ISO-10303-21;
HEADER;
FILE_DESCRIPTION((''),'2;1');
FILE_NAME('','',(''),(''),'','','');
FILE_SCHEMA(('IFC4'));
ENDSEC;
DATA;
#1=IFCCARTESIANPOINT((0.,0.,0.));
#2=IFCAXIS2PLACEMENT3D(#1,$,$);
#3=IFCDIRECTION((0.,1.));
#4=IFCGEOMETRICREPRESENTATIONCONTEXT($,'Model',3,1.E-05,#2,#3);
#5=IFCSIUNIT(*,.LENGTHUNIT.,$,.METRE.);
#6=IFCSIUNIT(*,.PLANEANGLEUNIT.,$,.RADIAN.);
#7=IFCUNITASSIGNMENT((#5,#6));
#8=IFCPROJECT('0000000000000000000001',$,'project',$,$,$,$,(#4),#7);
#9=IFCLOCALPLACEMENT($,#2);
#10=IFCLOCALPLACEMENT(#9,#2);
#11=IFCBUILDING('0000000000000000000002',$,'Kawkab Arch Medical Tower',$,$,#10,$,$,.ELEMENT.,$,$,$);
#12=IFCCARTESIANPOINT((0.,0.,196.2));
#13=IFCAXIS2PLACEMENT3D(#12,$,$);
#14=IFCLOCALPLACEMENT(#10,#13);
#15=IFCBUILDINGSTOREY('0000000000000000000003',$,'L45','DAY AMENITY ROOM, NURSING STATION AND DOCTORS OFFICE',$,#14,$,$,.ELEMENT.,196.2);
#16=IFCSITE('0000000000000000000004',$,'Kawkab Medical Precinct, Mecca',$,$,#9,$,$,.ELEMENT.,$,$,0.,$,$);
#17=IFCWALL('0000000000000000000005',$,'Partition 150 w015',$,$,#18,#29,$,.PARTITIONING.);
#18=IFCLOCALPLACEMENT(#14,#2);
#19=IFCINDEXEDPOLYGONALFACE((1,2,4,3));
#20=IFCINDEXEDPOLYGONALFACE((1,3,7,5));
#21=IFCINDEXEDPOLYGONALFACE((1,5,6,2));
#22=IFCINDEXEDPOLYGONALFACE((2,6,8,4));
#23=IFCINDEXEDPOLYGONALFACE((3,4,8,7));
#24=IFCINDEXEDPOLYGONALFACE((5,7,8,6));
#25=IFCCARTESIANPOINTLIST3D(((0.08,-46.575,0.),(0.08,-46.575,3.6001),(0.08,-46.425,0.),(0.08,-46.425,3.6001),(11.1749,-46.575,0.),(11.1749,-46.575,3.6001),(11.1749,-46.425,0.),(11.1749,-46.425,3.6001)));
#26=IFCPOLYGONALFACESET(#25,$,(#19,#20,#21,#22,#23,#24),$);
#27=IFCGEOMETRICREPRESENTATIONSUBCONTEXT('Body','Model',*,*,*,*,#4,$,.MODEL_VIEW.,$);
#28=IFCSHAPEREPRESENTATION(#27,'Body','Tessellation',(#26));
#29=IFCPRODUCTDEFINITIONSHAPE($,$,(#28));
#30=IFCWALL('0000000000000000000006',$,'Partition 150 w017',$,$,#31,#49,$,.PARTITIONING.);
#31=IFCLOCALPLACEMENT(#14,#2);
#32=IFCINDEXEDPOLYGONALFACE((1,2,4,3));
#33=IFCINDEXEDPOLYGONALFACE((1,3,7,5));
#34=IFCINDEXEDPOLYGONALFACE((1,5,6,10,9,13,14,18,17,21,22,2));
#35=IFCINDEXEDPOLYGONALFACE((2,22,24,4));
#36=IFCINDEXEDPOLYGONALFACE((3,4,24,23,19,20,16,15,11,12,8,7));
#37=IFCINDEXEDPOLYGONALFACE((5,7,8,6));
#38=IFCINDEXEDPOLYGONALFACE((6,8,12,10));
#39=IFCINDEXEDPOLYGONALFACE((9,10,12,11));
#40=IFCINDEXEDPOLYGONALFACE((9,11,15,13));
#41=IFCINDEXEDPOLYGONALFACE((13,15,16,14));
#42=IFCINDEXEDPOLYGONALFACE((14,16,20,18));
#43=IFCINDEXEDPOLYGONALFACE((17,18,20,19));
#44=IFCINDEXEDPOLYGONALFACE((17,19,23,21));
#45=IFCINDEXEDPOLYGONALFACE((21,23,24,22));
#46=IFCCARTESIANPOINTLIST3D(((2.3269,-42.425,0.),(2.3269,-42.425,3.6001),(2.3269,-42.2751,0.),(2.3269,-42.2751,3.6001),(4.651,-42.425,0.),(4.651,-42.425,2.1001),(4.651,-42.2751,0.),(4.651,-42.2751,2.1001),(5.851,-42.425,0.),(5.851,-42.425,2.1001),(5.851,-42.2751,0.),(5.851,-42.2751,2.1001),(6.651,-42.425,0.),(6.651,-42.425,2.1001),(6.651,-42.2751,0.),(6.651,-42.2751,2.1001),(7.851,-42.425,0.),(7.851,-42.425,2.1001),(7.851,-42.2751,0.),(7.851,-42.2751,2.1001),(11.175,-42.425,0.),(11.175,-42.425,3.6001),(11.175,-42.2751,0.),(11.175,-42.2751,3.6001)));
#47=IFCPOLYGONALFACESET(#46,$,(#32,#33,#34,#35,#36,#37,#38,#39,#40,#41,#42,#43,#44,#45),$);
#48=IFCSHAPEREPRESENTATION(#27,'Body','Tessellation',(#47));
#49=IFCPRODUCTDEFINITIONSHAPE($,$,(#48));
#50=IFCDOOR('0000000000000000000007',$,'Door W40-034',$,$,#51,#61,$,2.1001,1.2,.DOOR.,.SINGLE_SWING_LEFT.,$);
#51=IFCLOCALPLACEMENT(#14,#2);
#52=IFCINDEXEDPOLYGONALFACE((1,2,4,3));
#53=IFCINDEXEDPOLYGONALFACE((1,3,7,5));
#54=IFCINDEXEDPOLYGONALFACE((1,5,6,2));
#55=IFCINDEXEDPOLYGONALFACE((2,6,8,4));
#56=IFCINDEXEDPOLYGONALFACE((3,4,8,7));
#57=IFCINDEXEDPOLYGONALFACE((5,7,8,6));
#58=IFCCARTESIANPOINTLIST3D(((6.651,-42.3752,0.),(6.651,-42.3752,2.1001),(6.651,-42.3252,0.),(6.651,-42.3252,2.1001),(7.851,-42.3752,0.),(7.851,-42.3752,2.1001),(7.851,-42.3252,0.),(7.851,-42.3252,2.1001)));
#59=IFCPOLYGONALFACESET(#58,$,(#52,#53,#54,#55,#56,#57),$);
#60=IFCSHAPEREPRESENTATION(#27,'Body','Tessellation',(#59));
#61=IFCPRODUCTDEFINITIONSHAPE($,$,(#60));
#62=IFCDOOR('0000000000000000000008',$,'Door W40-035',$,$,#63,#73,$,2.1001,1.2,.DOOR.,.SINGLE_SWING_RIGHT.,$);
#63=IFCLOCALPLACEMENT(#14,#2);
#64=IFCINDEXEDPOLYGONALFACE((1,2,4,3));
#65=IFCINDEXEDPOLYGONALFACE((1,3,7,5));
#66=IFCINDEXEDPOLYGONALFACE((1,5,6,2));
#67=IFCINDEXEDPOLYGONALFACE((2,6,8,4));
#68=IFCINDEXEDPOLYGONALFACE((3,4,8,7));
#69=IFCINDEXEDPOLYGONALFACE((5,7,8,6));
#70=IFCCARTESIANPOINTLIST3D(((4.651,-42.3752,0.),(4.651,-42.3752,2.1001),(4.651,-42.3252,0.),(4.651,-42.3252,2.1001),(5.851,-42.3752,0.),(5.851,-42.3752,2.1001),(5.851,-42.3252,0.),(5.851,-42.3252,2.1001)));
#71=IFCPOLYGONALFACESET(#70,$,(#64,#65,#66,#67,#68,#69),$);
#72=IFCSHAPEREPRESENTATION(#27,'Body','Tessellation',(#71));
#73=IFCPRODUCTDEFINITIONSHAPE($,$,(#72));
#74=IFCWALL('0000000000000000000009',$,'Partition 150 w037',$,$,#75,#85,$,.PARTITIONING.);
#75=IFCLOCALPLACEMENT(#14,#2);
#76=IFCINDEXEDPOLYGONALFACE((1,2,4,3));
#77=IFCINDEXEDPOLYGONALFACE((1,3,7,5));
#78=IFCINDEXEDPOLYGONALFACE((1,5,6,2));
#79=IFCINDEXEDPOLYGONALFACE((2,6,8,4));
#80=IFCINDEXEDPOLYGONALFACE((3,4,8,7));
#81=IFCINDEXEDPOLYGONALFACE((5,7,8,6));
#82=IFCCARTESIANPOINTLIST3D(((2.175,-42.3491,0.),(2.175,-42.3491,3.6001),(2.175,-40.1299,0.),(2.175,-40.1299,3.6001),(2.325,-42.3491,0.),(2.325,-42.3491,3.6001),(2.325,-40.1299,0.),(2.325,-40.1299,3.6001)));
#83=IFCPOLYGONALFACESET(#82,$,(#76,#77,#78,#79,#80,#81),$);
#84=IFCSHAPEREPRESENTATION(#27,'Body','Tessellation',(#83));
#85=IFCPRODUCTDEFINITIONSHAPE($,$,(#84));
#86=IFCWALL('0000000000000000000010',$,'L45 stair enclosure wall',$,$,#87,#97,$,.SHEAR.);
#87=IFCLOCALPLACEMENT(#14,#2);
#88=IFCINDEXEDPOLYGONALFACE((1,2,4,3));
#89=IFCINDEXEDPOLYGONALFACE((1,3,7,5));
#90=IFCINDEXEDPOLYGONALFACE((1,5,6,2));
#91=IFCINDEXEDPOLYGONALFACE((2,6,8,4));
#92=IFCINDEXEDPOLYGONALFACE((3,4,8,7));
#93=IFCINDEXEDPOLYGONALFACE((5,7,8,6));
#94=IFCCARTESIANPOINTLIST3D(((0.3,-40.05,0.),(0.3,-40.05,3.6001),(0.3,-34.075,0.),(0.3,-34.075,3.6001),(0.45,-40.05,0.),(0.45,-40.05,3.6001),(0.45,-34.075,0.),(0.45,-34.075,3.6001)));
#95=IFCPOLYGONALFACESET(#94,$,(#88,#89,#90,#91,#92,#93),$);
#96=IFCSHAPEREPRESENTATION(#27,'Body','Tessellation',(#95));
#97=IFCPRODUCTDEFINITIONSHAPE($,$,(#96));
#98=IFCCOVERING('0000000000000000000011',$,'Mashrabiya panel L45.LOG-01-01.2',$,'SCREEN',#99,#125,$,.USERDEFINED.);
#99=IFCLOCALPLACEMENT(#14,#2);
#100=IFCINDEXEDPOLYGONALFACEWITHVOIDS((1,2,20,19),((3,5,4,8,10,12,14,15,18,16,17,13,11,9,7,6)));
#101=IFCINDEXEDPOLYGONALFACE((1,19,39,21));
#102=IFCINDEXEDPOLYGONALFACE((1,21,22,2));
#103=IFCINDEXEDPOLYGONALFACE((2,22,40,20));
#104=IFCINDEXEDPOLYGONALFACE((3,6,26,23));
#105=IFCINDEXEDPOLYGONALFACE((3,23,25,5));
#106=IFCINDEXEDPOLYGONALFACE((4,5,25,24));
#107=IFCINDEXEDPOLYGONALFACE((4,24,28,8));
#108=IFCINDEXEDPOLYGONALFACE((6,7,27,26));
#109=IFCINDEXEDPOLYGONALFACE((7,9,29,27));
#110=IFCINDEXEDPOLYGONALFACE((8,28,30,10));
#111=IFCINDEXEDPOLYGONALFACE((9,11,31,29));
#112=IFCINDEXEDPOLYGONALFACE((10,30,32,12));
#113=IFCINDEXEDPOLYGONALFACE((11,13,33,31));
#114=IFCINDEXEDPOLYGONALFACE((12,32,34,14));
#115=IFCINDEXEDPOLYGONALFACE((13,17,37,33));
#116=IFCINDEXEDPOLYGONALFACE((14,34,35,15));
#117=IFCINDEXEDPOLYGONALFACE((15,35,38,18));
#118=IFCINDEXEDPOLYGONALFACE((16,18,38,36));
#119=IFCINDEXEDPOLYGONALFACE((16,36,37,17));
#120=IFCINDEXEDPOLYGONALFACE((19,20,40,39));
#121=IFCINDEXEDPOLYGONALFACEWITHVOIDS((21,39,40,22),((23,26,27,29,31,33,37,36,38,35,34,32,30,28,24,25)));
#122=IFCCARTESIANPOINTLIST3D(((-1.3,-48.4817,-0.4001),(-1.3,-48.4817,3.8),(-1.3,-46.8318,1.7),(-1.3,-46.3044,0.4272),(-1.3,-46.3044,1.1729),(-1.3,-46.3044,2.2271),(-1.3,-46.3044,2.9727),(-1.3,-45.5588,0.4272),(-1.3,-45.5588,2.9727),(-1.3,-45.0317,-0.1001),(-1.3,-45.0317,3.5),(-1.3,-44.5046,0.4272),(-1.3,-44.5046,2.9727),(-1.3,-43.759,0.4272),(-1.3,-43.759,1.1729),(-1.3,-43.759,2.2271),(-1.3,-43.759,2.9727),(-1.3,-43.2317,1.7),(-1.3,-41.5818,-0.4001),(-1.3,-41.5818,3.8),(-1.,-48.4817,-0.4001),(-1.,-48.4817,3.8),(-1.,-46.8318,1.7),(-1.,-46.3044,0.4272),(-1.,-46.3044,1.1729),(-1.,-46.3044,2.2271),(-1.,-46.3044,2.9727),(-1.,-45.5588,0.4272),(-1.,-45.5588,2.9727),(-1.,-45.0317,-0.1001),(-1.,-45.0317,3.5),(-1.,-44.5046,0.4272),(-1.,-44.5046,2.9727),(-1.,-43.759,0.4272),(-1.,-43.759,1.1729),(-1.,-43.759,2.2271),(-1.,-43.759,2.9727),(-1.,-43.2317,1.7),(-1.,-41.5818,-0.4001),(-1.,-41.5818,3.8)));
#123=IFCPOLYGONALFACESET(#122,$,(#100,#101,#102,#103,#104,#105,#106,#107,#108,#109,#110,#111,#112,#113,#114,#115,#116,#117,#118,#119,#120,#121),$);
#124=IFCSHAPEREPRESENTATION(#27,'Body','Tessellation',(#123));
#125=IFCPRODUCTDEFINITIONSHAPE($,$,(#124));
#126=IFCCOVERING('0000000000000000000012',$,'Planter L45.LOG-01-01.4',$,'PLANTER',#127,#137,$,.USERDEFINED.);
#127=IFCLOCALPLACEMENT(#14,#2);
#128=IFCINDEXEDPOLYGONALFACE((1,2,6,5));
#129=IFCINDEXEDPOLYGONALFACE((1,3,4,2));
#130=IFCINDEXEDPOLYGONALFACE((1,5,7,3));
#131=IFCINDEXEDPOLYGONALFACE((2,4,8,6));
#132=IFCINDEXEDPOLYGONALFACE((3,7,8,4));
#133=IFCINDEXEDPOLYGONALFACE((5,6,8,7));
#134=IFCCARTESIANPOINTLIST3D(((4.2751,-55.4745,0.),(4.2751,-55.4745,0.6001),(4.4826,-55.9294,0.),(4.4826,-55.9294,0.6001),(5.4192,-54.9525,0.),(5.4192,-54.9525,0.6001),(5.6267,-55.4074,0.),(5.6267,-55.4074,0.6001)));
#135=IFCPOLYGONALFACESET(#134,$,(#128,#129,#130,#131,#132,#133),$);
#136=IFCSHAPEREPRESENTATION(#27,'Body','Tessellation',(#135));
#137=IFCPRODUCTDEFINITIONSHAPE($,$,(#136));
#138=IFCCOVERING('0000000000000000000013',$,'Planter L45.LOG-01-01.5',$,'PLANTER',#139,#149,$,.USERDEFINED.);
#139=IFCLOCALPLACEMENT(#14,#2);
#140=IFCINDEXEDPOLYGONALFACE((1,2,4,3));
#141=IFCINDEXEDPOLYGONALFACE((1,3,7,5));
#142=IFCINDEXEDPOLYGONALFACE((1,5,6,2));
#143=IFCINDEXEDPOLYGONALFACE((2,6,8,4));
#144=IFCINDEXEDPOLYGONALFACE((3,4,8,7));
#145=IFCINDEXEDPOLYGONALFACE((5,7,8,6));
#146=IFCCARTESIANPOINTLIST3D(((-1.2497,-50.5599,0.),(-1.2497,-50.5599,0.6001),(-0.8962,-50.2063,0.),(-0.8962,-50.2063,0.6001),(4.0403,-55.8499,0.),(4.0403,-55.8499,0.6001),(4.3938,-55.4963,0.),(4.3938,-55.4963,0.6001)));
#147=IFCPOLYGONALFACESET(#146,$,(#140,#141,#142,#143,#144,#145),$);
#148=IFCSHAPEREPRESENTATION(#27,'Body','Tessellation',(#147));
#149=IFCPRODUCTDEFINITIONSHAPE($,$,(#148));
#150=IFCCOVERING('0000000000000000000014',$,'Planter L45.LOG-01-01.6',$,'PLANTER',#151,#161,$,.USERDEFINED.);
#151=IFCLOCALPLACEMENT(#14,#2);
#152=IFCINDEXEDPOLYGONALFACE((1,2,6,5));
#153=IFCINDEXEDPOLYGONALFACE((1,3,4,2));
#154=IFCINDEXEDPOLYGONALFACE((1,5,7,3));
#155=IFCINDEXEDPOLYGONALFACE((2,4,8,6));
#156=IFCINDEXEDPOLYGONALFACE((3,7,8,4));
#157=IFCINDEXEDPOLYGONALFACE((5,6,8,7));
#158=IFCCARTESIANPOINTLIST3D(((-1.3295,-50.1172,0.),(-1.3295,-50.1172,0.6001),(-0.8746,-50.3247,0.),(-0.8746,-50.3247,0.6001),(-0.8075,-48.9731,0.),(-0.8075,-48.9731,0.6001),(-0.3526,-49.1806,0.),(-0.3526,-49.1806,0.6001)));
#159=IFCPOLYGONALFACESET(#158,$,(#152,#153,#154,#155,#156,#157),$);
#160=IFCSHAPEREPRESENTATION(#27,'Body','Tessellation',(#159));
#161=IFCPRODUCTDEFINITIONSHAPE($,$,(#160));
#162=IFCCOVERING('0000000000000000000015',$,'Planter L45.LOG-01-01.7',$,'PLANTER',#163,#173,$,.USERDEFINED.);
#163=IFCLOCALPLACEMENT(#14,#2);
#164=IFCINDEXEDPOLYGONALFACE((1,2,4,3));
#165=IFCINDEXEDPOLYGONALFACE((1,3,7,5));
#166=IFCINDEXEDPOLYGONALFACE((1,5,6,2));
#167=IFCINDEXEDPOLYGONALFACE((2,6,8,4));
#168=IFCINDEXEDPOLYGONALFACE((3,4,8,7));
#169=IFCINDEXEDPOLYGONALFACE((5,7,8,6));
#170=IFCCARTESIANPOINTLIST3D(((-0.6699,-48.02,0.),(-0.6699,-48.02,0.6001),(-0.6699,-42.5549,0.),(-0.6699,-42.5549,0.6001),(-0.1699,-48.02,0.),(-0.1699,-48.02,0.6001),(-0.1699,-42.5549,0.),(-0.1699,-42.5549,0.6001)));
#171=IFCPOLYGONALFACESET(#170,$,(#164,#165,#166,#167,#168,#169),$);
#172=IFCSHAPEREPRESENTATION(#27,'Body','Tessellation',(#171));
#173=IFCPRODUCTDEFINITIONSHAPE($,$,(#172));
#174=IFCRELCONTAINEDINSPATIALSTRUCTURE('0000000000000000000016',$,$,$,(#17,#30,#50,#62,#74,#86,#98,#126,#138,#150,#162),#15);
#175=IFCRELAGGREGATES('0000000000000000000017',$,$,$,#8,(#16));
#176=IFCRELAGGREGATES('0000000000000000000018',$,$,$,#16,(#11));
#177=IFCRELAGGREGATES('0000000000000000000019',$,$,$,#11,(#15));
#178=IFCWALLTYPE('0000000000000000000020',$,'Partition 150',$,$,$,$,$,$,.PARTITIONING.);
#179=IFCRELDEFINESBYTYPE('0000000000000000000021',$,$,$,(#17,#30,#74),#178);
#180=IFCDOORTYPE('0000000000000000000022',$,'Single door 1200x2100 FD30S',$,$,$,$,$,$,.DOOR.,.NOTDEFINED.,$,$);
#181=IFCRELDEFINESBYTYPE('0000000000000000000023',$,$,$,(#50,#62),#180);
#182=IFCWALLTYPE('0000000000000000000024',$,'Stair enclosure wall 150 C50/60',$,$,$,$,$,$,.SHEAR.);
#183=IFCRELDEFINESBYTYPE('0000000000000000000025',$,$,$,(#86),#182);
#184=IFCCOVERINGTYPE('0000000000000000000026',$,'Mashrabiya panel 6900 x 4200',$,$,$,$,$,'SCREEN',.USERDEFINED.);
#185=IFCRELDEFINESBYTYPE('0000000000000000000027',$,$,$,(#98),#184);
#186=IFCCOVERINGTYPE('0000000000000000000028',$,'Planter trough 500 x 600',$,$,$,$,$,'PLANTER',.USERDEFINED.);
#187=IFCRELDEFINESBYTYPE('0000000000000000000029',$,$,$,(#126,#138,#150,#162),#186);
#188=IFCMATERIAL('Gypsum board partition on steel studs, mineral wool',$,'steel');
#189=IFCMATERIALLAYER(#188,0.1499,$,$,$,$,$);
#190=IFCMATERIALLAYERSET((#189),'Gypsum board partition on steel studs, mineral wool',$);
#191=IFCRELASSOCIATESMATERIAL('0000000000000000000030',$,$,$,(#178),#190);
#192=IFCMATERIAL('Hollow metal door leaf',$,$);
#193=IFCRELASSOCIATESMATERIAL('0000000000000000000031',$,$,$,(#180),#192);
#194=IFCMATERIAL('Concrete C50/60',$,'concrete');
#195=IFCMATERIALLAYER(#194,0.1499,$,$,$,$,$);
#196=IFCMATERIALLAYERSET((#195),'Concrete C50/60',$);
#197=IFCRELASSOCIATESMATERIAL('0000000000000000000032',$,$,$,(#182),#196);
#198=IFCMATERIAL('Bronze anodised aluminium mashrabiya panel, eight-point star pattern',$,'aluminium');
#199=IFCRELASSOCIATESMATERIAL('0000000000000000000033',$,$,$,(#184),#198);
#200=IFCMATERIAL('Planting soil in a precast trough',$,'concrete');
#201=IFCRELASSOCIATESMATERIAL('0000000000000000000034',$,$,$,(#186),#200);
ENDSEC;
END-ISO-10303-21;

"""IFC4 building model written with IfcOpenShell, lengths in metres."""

from ifc_helpers import new_model, si_unit, direction, frame, frame_2d, origin, origin_2d, place, context, subcontext, project, spatial, polyline, rectangle, outline, extrude, material, layer, layer_set, material_profile, profile_set, type_object, element, fill, save


model = new_model("IFC4")

# Units and contexts
model_context = context("Model", 3, precision=1e-05, world=origin(), true_north=direction((0.0, 1.0)))
body_context = subcontext(model_context, "Body", "Model", "MODEL_VIEW")
ifc_project = project(units=[si_unit("LENGTHUNIT", "METRE"), si_unit("PLANEANGLEUNIT", "RADIAN")], contexts=[model_context])

# Site, building, storey
site_placement = place(None, origin())
site = spatial("IfcSite", under=ifc_project, at=site_placement, Name="Kawkab Medical Precinct, Mecca", CompositionType="ELEMENT", RefElevation=0.0)
building_placement = place(site_placement, origin())
building = spatial("IfcBuilding", under=site, at=building_placement, Name="Kawkab Arch Medical Tower", CompositionType="ELEMENT")
storey_placement = place(building_placement, frame((0.0, 0.0, 196.2)))
storey = spatial("IfcBuildingStorey", under=building, at=storey_placement, Name="L45", Description="DAY AMENITY ROOM, NURSING STATION AND DOCTORS OFFICE", CompositionType="ELEMENT", Elevation=196.2)

# Wall
ifc_material_1 = material(Name="Gypsum board partition on steel studs, mineral wool", Category="steel")
ifc_layer_1 = layer(ifc_material_1, 0.1499)
ifc_layer_set_1 = layer_set([ifc_layer_1], Name="Gypsum board partition on steel studs, mineral wool")
wall_type_1 = type_object("IfcWallType", Name="Partition 150", PredefinedType="PARTITIONING", material=ifc_layer_set_1)
wall_1_placement = place(storey_placement, frame((0.0801, -46.5, 0.0), z_axis=(0.0, 0.0, 1.0), x_axis=(1.0, 0.0, 0.0)))
element("IfcWall", 1, at=wall_1_placement, inside=storey, type_object=wall_type_1, Name="Partition 150 w015", PredefinedType="PARTITIONING", context=body_context, shape_type="SweptSolid", body=[
    extrude(rectangle(XDim=11.095, YDim=0.1499, at=frame_2d((5.5474, 0.0))), origin(), (0.0, 0.0, 1.0), 3.6001),
])

# Wall, openings, doors
wall_2_placement = place(storey_placement, frame((2.3269, -42.3501, 0.0), z_axis=(0.0, 0.0, 1.0), x_axis=(1.0, 0.0, 0.0)))
wall_2 = element("IfcWall", 2, at=wall_2_placement, inside=storey, type_object=wall_type_1, Name="Partition 150 w017", PredefinedType="PARTITIONING", context=body_context, shape_type="SweptSolid", body=[
    extrude(rectangle(XDim=8.8481, YDim=0.1499, at=frame_2d((4.4241, 0.0))), origin(), (0.0, 0.0, 1.0), 3.6001),
])
opening_1_placement = place(wall_2_placement, frame((4.324, 0.0, 0.0)))
opening_1 = element("IfcOpeningElement", 3, at=opening_1_placement, cuts=wall_2, PredefinedType="OPENING", context=body_context, shape_type="SweptSolid", body=[
    extrude(rectangle(XDim=1.2, YDim=2.1001, at=frame_2d((0.6001, 1.05))), frame((0.0, 0.085, 0.0), z_axis=(0.0, -1.0, 0.0), x_axis=(1.0, 0.0, 0.0)), (0.0, 0.0, 1.0), 0.1699),
])
opening_2_placement = place(wall_2_placement, frame((2.324, 0.0, 0.0)))
opening_2 = element("IfcOpeningElement", 4, at=opening_2_placement, cuts=wall_2, PredefinedType="OPENING", context=body_context, shape_type="SweptSolid", body=[
    extrude(rectangle(XDim=1.2, YDim=2.1001, at=frame_2d((0.6001, 1.05))), frame((0.0, 0.085, 0.0), z_axis=(0.0, -1.0, 0.0), x_axis=(1.0, 0.0, 0.0)), (0.0, 0.0, 1.0), 0.1699),
])
ifc_material_2 = material(Name="Hollow metal door leaf")
door_type = type_object("IfcDoorType", Name="Single door 1200x2100 FD30S", OperationType="NOTDEFINED", PredefinedType="DOOR", material=ifc_material_2)
door_1_placement = place(opening_1_placement, origin())
door_1 = element("IfcDoor", 5, at=door_1_placement, inside=storey, type_object=door_type, Name="Door W40-034", OperationType="SINGLE_SWING_LEFT", OverallHeight=2.1001, OverallWidth=1.2, PredefinedType="DOOR", context=body_context, shape_type="SweptSolid", body=[
    extrude(rectangle(XDim=1.2, YDim=2.1001, at=frame_2d((0.6001, 1.05))), frame((0.0, 0.0249, 0.0), z_axis=(0.0, -1.0, 0.0), x_axis=(1.0, 0.0, 0.0)), (0.0, 0.0, 1.0), 0.05),
])
fill(opening_1, door_1)
door_2_placement = place(opening_2_placement, origin())
door_2 = element("IfcDoor", 6, at=door_2_placement, inside=storey, type_object=door_type, Name="Door W40-035", OperationType="SINGLE_SWING_RIGHT", OverallHeight=2.1001, OverallWidth=1.2, PredefinedType="DOOR", context=body_context, shape_type="SweptSolid", body=[
    extrude(rectangle(XDim=1.2, YDim=2.1001, at=frame_2d((0.6001, 1.05))), frame((0.0, 0.0249, 0.0), z_axis=(0.0, -1.0, 0.0), x_axis=(1.0, 0.0, 0.0)), (0.0, 0.0, 1.0), 0.05),
])
fill(opening_2, door_2)

# Walls
wall_3_placement = place(storey_placement, frame((2.25, -42.3491, 0.0), z_axis=(0.0, 0.0, 1.0), x_axis=(0.0, 1.0, 0.0)))
element("IfcWall", 7, at=wall_3_placement, inside=storey, type_object=wall_type_1, Name="Partition 150 w037", PredefinedType="PARTITIONING", context=body_context, shape_type="SweptSolid", body=[
    extrude(rectangle(XDim=2.2192, YDim=0.1499, at=frame_2d((1.1096, 0.0))), origin(), (0.0, 0.0, 1.0), 3.6001),
])
ifc_material_3 = material(Name="Concrete C50/60", Category="concrete")
ifc_layer_2 = layer(ifc_material_3, 0.1499)
ifc_layer_set_2 = layer_set([ifc_layer_2], Name="Concrete C50/60")
wall_type_2 = type_object("IfcWallType", Name="Stair enclosure wall 150 C50/60", PredefinedType="SHEAR", material=ifc_layer_set_2)
wall_4_placement = place(storey_placement, frame((0.375, -40.05, 0.0), z_axis=(0.0, 0.0, 1.0), x_axis=(0.0, 1.0, 0.0)))
element("IfcWall", 8, at=wall_4_placement, inside=storey, type_object=wall_type_2, Name="L45 stair enclosure wall", PredefinedType="SHEAR", context=body_context, shape_type="SweptSolid", body=[
    extrude(rectangle(XDim=5.9751, YDim=0.1499, at=frame_2d((2.9875, 0.0))), origin(), (0.0, 0.0, 1.0), 3.6001),
])

# Coverings
ifc_material_4 = material(Name="Bronze anodised aluminium mashrabiya panel, eight-point star pattern", Category="aluminium")
ifc_material_profile_1 = material_profile(ifc_material_4, outline(polyline([(-3.45, -2.1001), (3.45, -2.1001), (3.45, 2.1001), (-3.45, 2.1001), (-3.45, -2.1001)]), holes=[polyline([(1.8, 0.0), (1.2727, 0.5271), (1.2727, 1.2727), (0.5271, 1.2727), (0.0, 1.8), (-0.5271, 1.2727), (-1.2727, 1.2727), (-1.2727, 0.5271), (-1.8, 0.0), (-1.2727, -0.5271), (-1.2727, -1.2727), (-0.5271, -1.2727), (0.0, -1.8), (0.5271, -1.2727), (1.2727, -1.2727), (1.2727, -0.5271), (1.8, 0.0)])]), Name="Mashrabiya panel 6900x4200")
ifc_profile_set_1 = profile_set([ifc_material_profile_1], Name="Bronze anodised aluminium mashrabiya panel, eight-point star pattern")
covering_type_1 = type_object("IfcCoveringType", Name="Mashrabiya panel 6900 x 4200", ElementType="SCREEN", PredefinedType="USERDEFINED", material=ifc_profile_set_1)
covering_1_placement = place(storey_placement, frame((-1.0, -45.0317, 1.7), z_axis=(-1.0, 0.0, 0.0), x_axis=(0.0, -1.0, 0.0)))
element("IfcCovering", 9, at=covering_1_placement, inside=storey, type_object=covering_type_1, Name="Mashrabiya panel L45.LOG-01-01.2", ObjectType="SCREEN", PredefinedType="USERDEFINED", context=body_context, shape_type="SweptSolid", body=[
    extrude(outline(polyline([(-3.45, -2.1001), (3.45, -2.1001), (3.45, 2.1001), (-3.45, 2.1001), (-3.45, -2.1001)]), holes=[polyline([(1.8, 0.0), (1.2727, 0.5271), (1.2727, 1.2727), (0.5271, 1.2727), (0.0, 1.8), (-0.5271, 1.2727), (-1.2727, 1.2727), (-1.2727, 0.5271), (-1.8, 0.0), (-1.2727, -0.5271), (-1.2727, -1.2727), (-0.5271, -1.2727), (0.0, -1.8), (0.5271, -1.2727), (1.2727, -1.2727), (1.2727, -0.5271), (1.8, 0.0)])]), origin(), (0.0, 0.0, 1.0), 0.3),
])
ifc_material_5 = material(Name="Planting soil in a precast trough", Category="concrete")
ifc_material_profile_2 = material_profile(ifc_material_5, rectangle(XDim=0.5, YDim=0.6001, at=origin_2d()), Name="Trough 500x600")
ifc_profile_set_2 = profile_set([ifc_material_profile_2], Name="Planting soil in a precast trough")
covering_type_2 = type_object("IfcCoveringType", Name="Planter trough 500 x 600", ElementType="PLANTER", PredefinedType="USERDEFINED", material=ifc_profile_set_2)
covering_2_placement = place(storey_placement, frame((5.5229, -55.1799, 0.3), z_axis=(-0.90978, -0.41509, 0.0), x_axis=(0.41509, -0.90978, 0.0)))
element("IfcCovering", 10, at=covering_2_placement, inside=storey, type_object=covering_type_2, Name="Planter L45.LOG-01-01.4", ObjectType="PLANTER", PredefinedType="USERDEFINED", context=body_context, shape_type="SweptSolid", body=[
    extrude(rectangle(XDim=0.5, YDim=0.6001, at=origin_2d()), origin(), (0.0, 0.0, 1.0), 1.2576),
])
covering_3_placement = place(storey_placement, frame((4.217, -55.6731, 0.3), z_axis=(-0.707107, 0.707107, 0.0), x_axis=(-0.707107, -0.707107, 0.0)))
element("IfcCovering", 11, at=covering_3_placement, inside=storey, type_object=covering_type_2, Name="Planter L45.LOG-01-01.5", ObjectType="PLANTER", PredefinedType="USERDEFINED", context=body_context, shape_type="SweptSolid", body=[
    extrude(rectangle(XDim=0.5, YDim=0.6001, at=origin_2d()), origin(), (0.0, 0.0, 1.0), 7.4812),
])
covering_4_placement = place(storey_placement, frame((-1.1021, -50.2209, 0.3), z_axis=(0.41509, 0.90978, 0.0), x_axis=(-0.90978, 0.41509, 0.0)))
element("IfcCovering", 12, at=covering_4_placement, inside=storey, type_object=covering_type_2, Name="Planter L45.LOG-01-01.6", ObjectType="PLANTER", PredefinedType="USERDEFINED", context=body_context, shape_type="SweptSolid", body=[
    extrude(rectangle(XDim=0.5, YDim=0.6001, at=origin_2d()), origin(), (0.0, 0.0, 1.0), 1.2576),
])
covering_5_placement = place(storey_placement, frame((-0.4199, -48.02, 0.3), z_axis=(0.0, 1.0, 0.0), x_axis=(-1.0, 0.0, 0.0)))
element("IfcCovering", 13, at=covering_5_placement, inside=storey, type_object=covering_type_2, Name="Planter L45.LOG-01-01.7", ObjectType="PLANTER", PredefinedType="USERDEFINED", context=body_context, shape_type="SweptSolid", body=[
    extrude(rectangle(XDim=0.5, YDim=0.6001, at=origin_2d()), origin(), (0.0, 0.0, 1.0), 5.4651),
])

save(model, "model.ifc")
